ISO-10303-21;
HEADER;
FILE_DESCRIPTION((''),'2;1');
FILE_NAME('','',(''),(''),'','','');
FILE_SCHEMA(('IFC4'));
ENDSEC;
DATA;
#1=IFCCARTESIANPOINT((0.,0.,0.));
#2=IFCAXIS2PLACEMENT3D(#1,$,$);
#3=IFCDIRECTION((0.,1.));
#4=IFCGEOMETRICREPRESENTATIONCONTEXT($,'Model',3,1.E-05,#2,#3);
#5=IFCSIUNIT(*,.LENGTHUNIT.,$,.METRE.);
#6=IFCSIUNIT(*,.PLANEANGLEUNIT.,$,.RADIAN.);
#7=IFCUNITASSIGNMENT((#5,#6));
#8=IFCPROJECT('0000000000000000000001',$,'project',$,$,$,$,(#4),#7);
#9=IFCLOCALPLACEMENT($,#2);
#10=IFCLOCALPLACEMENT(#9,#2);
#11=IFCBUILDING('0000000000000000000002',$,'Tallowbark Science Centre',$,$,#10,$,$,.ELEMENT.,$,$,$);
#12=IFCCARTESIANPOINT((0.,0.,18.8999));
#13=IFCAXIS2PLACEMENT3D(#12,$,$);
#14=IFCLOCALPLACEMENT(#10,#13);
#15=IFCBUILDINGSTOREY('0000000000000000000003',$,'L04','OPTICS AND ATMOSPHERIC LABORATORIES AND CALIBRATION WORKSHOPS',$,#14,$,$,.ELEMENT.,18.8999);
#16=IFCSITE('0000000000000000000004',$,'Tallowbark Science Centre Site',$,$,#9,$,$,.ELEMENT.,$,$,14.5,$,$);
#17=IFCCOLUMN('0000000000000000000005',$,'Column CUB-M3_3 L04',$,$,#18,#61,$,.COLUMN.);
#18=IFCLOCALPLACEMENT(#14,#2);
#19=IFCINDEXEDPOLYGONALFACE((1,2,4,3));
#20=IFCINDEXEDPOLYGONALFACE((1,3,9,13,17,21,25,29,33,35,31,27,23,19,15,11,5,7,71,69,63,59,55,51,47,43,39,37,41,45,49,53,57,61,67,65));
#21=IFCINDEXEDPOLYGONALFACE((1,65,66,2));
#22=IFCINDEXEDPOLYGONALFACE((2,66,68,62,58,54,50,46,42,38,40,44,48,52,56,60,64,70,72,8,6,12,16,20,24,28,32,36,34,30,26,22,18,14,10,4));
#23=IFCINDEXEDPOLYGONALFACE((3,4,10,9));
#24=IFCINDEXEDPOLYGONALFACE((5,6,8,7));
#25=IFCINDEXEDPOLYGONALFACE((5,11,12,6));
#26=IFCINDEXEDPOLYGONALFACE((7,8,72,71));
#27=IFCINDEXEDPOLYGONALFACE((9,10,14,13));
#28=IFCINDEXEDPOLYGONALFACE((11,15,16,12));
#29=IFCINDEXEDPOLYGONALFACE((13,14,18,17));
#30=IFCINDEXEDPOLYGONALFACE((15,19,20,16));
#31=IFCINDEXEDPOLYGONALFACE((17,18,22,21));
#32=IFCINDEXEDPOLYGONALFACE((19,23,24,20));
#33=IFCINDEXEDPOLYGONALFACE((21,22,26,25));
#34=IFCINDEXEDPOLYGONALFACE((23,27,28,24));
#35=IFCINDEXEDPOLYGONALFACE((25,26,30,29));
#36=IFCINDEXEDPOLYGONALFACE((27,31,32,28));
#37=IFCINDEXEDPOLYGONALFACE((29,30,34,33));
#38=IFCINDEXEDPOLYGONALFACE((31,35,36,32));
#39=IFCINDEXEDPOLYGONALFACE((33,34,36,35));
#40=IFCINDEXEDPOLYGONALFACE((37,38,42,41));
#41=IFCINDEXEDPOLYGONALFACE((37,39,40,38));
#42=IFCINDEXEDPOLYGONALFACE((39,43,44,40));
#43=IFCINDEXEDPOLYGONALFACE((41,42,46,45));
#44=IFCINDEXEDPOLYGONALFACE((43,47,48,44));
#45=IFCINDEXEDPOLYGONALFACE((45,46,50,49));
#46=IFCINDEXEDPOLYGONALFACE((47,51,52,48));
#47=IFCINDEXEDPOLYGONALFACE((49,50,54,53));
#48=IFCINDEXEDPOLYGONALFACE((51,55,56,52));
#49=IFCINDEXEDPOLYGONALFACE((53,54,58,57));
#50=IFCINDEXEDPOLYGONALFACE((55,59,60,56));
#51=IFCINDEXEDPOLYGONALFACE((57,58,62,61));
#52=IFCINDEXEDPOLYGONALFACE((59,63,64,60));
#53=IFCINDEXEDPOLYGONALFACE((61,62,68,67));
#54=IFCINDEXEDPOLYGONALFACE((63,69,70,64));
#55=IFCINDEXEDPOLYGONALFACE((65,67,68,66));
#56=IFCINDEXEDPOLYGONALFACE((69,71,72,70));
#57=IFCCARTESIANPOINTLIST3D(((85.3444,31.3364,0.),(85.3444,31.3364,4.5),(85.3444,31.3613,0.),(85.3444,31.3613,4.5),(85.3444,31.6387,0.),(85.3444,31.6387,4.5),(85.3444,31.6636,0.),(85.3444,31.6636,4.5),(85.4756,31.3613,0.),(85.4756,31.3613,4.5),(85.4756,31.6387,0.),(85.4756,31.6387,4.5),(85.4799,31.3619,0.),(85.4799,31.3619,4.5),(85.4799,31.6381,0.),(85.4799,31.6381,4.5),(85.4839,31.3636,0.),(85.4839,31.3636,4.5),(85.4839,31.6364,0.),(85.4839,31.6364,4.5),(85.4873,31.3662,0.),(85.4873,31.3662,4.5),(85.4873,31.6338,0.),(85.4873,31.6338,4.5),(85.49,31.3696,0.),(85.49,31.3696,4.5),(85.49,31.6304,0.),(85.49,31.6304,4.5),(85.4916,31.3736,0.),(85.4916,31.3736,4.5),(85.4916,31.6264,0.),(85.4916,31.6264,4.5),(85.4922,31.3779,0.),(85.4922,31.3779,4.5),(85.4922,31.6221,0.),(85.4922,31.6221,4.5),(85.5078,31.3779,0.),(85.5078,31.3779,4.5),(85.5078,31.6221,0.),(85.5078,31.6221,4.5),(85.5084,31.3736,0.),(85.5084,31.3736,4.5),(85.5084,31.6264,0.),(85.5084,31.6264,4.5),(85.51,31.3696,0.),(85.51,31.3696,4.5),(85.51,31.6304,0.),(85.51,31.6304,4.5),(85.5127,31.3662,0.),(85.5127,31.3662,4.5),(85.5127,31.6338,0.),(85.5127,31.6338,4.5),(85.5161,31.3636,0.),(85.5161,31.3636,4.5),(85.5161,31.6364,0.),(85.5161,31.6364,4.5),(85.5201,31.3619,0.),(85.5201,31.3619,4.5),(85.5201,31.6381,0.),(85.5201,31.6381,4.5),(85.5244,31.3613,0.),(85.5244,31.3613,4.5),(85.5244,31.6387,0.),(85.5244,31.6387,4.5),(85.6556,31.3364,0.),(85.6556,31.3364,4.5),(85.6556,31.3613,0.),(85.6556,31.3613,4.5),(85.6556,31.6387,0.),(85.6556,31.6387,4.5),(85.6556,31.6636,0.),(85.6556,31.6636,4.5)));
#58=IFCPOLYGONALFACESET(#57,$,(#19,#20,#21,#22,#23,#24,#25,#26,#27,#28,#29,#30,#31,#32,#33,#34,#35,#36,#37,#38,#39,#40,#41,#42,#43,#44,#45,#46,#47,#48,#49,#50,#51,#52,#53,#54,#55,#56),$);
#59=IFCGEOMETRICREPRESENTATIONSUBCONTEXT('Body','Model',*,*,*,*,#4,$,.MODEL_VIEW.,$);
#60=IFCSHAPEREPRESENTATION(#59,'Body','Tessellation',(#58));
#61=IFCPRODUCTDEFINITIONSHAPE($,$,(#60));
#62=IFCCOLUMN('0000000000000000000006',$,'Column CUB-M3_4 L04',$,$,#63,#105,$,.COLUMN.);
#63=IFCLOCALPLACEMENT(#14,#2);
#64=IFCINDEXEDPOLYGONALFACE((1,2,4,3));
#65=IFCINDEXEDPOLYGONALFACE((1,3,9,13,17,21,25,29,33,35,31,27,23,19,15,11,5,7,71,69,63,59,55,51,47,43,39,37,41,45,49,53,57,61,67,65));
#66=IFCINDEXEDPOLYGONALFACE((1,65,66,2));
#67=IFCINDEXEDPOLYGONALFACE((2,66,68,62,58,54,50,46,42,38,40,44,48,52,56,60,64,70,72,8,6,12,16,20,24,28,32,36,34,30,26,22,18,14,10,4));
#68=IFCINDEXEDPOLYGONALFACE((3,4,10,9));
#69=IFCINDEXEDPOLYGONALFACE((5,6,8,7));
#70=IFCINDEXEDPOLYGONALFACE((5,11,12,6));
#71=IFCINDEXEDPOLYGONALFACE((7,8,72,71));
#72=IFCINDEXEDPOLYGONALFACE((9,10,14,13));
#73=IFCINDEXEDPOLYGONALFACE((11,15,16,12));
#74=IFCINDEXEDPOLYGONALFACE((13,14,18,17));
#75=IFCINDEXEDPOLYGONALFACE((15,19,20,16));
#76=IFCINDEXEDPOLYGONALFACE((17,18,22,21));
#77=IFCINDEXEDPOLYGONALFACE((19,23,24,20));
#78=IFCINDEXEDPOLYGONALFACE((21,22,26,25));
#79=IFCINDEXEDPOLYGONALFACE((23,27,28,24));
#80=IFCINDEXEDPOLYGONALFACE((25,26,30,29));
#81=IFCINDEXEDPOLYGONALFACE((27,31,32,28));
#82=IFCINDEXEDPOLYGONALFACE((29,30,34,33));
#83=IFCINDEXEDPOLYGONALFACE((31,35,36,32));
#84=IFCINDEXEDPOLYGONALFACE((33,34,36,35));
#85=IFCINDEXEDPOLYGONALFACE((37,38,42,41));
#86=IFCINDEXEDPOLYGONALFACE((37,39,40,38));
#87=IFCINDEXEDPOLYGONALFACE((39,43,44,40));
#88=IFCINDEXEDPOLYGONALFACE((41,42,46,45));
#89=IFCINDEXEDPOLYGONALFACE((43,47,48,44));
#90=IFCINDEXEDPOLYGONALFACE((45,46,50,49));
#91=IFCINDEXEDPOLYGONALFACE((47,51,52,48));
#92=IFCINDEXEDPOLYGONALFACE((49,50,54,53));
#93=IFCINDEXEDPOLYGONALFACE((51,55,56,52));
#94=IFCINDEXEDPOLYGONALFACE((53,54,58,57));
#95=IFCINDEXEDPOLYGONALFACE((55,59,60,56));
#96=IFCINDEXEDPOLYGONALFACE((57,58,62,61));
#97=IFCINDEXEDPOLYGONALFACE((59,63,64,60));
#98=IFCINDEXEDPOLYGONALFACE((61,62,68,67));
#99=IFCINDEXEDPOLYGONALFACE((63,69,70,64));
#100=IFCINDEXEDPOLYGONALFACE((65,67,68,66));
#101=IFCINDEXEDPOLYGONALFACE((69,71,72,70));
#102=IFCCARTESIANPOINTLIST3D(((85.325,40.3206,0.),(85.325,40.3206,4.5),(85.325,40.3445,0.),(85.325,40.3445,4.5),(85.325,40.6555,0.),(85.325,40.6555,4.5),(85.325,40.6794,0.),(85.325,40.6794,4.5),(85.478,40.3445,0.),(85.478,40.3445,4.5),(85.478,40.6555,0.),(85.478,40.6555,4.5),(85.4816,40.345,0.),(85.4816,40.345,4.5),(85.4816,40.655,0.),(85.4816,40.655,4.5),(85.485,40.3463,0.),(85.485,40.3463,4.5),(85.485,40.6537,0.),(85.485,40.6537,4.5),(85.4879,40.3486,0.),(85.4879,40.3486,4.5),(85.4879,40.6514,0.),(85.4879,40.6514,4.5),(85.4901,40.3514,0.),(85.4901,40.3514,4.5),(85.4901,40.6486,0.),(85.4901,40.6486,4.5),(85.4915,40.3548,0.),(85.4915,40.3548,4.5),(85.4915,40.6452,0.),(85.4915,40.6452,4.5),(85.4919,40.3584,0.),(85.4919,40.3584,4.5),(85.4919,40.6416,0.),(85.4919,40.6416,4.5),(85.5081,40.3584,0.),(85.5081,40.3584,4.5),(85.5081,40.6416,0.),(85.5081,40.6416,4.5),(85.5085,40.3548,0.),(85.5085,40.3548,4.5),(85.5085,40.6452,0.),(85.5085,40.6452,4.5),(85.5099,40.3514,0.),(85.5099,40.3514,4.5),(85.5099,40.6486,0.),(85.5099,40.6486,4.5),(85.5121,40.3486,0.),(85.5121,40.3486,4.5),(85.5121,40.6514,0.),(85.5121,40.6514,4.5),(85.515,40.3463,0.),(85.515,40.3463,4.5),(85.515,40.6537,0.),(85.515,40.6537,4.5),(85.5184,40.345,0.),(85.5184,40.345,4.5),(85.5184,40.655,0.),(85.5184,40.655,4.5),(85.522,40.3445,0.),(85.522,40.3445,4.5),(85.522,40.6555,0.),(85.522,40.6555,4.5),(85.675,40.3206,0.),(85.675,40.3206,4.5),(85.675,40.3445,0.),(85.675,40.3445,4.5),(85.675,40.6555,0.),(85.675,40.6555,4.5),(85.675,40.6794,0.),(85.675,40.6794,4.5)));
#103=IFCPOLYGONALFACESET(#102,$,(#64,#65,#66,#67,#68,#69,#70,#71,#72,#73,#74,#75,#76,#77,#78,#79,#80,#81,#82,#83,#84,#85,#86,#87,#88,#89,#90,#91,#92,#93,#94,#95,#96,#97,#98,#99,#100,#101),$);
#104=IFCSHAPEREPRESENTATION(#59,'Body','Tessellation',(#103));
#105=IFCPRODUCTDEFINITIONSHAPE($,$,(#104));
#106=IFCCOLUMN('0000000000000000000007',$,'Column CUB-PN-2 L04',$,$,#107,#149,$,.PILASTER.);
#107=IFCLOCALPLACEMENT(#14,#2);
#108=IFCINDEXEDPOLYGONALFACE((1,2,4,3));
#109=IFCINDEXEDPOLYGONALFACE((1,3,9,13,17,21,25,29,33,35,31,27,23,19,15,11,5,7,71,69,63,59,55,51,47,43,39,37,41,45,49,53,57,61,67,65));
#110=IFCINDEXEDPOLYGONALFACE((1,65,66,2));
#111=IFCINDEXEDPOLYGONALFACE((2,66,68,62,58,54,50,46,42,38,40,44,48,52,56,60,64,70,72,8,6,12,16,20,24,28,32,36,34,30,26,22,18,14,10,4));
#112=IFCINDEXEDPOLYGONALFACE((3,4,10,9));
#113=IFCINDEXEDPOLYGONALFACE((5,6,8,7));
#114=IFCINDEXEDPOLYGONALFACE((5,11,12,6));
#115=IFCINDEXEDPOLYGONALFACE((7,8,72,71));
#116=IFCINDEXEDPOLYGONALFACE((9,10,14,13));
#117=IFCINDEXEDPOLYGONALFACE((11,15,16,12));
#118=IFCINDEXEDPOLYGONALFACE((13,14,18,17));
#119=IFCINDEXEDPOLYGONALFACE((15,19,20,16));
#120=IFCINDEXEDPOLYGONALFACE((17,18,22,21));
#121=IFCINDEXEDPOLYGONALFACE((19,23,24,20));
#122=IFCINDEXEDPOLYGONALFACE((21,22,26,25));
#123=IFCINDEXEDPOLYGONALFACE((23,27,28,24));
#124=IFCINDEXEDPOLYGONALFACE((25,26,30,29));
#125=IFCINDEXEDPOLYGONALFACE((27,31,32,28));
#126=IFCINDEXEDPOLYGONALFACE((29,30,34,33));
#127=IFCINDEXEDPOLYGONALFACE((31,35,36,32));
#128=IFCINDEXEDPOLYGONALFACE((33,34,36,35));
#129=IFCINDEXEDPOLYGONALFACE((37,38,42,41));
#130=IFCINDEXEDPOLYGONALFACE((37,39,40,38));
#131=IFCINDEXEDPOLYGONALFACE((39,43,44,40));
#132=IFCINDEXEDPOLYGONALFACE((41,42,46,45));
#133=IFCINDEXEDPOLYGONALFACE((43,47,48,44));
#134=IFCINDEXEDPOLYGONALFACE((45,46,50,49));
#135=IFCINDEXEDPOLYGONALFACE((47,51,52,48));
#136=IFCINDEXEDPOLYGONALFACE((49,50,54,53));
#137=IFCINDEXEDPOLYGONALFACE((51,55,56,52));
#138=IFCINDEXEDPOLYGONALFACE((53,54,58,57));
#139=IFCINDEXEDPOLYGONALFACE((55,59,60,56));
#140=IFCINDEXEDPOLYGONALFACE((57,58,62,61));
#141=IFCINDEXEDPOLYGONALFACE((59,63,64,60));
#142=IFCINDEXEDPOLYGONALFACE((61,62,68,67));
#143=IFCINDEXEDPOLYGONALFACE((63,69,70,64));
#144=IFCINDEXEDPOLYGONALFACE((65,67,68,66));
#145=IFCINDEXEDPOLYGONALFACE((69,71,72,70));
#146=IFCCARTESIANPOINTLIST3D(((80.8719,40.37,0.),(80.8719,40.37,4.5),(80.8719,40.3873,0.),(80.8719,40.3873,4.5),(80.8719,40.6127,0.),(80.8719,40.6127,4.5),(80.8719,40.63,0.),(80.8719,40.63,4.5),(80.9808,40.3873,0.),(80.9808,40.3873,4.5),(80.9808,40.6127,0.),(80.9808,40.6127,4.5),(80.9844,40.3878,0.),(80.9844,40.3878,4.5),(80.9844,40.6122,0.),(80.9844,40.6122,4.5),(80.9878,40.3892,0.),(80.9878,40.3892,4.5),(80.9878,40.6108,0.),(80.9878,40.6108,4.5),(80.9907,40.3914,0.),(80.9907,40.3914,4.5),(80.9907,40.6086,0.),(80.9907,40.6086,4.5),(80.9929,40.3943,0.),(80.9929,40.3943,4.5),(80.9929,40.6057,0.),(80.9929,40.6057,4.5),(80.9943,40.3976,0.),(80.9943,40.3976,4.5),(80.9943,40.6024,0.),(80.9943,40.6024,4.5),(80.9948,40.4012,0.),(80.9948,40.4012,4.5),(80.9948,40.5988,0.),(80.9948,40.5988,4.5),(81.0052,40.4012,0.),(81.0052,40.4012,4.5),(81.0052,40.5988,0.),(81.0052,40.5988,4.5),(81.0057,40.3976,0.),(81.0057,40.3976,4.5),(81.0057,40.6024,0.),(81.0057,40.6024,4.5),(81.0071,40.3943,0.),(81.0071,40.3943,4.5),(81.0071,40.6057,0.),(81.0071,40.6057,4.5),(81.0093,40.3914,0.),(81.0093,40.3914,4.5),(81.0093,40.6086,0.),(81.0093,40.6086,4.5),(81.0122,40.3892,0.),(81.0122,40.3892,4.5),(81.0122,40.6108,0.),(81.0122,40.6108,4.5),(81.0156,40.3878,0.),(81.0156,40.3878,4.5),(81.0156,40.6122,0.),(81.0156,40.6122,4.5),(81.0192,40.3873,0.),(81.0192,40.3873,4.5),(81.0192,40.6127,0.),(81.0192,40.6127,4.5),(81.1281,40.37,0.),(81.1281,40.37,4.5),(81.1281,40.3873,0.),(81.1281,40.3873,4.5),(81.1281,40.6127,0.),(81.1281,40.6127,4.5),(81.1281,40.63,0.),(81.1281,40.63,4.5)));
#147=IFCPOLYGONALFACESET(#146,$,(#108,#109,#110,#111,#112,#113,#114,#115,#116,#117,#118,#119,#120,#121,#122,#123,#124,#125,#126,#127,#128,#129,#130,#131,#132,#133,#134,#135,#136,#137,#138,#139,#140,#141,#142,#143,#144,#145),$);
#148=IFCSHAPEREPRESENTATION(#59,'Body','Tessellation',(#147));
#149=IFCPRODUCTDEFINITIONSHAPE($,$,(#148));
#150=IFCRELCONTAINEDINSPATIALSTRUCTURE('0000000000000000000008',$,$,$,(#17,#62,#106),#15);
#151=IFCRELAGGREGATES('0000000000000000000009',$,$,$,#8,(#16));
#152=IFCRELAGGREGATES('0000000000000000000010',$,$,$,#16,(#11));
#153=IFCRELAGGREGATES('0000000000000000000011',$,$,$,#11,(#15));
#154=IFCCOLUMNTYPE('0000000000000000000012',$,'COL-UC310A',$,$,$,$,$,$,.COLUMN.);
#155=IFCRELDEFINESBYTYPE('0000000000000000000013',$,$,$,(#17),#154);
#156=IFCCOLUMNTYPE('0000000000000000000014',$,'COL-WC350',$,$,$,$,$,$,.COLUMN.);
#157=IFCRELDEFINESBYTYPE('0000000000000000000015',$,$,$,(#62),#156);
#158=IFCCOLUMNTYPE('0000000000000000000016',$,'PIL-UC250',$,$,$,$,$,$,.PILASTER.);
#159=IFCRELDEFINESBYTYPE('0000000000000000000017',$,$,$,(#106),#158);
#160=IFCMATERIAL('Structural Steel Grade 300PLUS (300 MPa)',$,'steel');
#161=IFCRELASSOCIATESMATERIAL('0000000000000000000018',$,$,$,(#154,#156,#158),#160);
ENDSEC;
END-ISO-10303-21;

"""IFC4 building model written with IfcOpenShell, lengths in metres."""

from ifc_helpers import new_model, si_unit, direction, frame, origin, origin_2d, place, context, subcontext, project, spatial, i_section, extrude, material, material_profile, profile_set, type_object, element, save


model = new_model("IFC4")

# Units and contexts
model_context = context("Model", 3, precision=1e-05, world=origin(), true_north=direction((0.0, 1.0)))
body_context = subcontext(model_context, "Body", "Model", "MODEL_VIEW")
ifc_project = project(units=[si_unit("LENGTHUNIT", "METRE"), si_unit("PLANEANGLEUNIT", "RADIAN")], contexts=[model_context])

# Site, building, storey
site_placement = place(None, origin())
site = spatial("IfcSite", under=ifc_project, at=site_placement, Name="Tallowbark Science Centre Site", CompositionType="ELEMENT", RefElevation=14.5)
building_placement = place(site_placement, origin())
building = spatial("IfcBuilding", under=site, at=building_placement, Name="Tallowbark Science Centre", CompositionType="ELEMENT")
storey_placement = place(building_placement, frame((0.0, 0.0, 18.8999)))
storey = spatial("IfcBuildingStorey", under=building, at=storey_placement, Name="L04", Description="OPTICS AND ATMOSPHERIC LABORATORIES AND CALIBRATION WORKSHOPS", CompositionType="ELEMENT", Elevation=18.8999)

# Columns
ifc_material_1 = material(Name="Structural Steel Grade 300PLUS (300 MPa)", Category="steel")
ifc_material_profile_1 = material_profile(ifc_material_1, i_section(OverallWidth=0.3113, OverallDepth=0.3271, WebThickness=0.0156, FlangeThickness=0.0249, FilletRadius=0.0166, at=origin_2d()), Name="310UC158")
ifc_profile_set_1 = profile_set([ifc_material_profile_1], Name="Structural Steel Grade 300PLUS (300 MPa)")
column_type_1 = type_object("IfcColumnType", Name="COL-UC310A", PredefinedType="COLUMN", material=ifc_profile_set_1)
column_1_placement = place(storey_placement, frame((85.5, 31.5, 0.0), z_axis=(0.0, 0.0, 1.0), x_axis=(1.0, 0.0, 0.0)))
element("IfcColumn", 1, at=column_1_placement, inside=storey, type_object=column_type_1, Name="Column CUB-M3_3 L04", PredefinedType="COLUMN", context=body_context, shape_type="SweptSolid", body=[
    extrude(i_section(OverallWidth=0.3113, OverallDepth=0.3271, WebThickness=0.0156, FlangeThickness=0.0249, FilletRadius=0.0166, at=origin_2d()), origin(), (0.0, 0.0, 1.0), 4.5),
])
ifc_material_profile_2 = material_profile(ifc_material_1, i_section(OverallWidth=0.3501, OverallDepth=0.3589, WebThickness=0.0161, FlangeThickness=0.0239, FilletRadius=0.0139, at=origin_2d()), Name="350WC197")
ifc_profile_set_2 = profile_set([ifc_material_profile_2], Name="Structural Steel Grade 300PLUS (300 MPa)")
column_type_2 = type_object("IfcColumnType", Name="COL-WC350", PredefinedType="COLUMN", material=ifc_profile_set_2)
column_2_placement = place(storey_placement, frame((85.5, 40.5, 0.0), z_axis=(0.0, 0.0, 1.0), x_axis=(1.0, 0.0, 0.0)))
element("IfcColumn", 2, at=column_2_placement, inside=storey, type_object=column_type_2, Name="Column CUB-M3_4 L04", PredefinedType="COLUMN", context=body_context, shape_type="SweptSolid", body=[
    extrude(i_section(OverallWidth=0.3501, OverallDepth=0.3589, WebThickness=0.0161, FlangeThickness=0.0239, FilletRadius=0.0139, at=origin_2d()), origin(), (0.0, 0.0, 1.0), 4.5),
])
ifc_material_profile_3 = material_profile(ifc_material_1, i_section(OverallWidth=0.2561, OverallDepth=0.26, WebThickness=0.0105, FlangeThickness=0.0173, FilletRadius=0.0139, at=origin_2d()), Name="250UC89.5")
ifc_profile_set_3 = profile_set([ifc_material_profile_3], Name="Structural Steel Grade 300PLUS (300 MPa)")
column_type_3 = type_object("IfcColumnType", Name="PIL-UC250", PredefinedType="PILASTER", material=ifc_profile_set_3)
column_3_placement = place(storey_placement, frame((81.0, 40.5, 0.0), z_axis=(0.0, 0.0, 1.0), x_axis=(1.0, 0.0, 0.0)))
element("IfcColumn", 3, at=column_3_placement, inside=storey, type_object=column_type_3, Name="Column CUB-PN-2 L04", PredefinedType="PILASTER", context=body_context, shape_type="SweptSolid", body=[
    extrude(i_section(OverallWidth=0.2561, OverallDepth=0.26, WebThickness=0.0105, FlangeThickness=0.0173, FilletRadius=0.0139, at=origin_2d()), origin(), (0.0, 0.0, 1.0), 4.5),
])

save(model, "model.ifc")
